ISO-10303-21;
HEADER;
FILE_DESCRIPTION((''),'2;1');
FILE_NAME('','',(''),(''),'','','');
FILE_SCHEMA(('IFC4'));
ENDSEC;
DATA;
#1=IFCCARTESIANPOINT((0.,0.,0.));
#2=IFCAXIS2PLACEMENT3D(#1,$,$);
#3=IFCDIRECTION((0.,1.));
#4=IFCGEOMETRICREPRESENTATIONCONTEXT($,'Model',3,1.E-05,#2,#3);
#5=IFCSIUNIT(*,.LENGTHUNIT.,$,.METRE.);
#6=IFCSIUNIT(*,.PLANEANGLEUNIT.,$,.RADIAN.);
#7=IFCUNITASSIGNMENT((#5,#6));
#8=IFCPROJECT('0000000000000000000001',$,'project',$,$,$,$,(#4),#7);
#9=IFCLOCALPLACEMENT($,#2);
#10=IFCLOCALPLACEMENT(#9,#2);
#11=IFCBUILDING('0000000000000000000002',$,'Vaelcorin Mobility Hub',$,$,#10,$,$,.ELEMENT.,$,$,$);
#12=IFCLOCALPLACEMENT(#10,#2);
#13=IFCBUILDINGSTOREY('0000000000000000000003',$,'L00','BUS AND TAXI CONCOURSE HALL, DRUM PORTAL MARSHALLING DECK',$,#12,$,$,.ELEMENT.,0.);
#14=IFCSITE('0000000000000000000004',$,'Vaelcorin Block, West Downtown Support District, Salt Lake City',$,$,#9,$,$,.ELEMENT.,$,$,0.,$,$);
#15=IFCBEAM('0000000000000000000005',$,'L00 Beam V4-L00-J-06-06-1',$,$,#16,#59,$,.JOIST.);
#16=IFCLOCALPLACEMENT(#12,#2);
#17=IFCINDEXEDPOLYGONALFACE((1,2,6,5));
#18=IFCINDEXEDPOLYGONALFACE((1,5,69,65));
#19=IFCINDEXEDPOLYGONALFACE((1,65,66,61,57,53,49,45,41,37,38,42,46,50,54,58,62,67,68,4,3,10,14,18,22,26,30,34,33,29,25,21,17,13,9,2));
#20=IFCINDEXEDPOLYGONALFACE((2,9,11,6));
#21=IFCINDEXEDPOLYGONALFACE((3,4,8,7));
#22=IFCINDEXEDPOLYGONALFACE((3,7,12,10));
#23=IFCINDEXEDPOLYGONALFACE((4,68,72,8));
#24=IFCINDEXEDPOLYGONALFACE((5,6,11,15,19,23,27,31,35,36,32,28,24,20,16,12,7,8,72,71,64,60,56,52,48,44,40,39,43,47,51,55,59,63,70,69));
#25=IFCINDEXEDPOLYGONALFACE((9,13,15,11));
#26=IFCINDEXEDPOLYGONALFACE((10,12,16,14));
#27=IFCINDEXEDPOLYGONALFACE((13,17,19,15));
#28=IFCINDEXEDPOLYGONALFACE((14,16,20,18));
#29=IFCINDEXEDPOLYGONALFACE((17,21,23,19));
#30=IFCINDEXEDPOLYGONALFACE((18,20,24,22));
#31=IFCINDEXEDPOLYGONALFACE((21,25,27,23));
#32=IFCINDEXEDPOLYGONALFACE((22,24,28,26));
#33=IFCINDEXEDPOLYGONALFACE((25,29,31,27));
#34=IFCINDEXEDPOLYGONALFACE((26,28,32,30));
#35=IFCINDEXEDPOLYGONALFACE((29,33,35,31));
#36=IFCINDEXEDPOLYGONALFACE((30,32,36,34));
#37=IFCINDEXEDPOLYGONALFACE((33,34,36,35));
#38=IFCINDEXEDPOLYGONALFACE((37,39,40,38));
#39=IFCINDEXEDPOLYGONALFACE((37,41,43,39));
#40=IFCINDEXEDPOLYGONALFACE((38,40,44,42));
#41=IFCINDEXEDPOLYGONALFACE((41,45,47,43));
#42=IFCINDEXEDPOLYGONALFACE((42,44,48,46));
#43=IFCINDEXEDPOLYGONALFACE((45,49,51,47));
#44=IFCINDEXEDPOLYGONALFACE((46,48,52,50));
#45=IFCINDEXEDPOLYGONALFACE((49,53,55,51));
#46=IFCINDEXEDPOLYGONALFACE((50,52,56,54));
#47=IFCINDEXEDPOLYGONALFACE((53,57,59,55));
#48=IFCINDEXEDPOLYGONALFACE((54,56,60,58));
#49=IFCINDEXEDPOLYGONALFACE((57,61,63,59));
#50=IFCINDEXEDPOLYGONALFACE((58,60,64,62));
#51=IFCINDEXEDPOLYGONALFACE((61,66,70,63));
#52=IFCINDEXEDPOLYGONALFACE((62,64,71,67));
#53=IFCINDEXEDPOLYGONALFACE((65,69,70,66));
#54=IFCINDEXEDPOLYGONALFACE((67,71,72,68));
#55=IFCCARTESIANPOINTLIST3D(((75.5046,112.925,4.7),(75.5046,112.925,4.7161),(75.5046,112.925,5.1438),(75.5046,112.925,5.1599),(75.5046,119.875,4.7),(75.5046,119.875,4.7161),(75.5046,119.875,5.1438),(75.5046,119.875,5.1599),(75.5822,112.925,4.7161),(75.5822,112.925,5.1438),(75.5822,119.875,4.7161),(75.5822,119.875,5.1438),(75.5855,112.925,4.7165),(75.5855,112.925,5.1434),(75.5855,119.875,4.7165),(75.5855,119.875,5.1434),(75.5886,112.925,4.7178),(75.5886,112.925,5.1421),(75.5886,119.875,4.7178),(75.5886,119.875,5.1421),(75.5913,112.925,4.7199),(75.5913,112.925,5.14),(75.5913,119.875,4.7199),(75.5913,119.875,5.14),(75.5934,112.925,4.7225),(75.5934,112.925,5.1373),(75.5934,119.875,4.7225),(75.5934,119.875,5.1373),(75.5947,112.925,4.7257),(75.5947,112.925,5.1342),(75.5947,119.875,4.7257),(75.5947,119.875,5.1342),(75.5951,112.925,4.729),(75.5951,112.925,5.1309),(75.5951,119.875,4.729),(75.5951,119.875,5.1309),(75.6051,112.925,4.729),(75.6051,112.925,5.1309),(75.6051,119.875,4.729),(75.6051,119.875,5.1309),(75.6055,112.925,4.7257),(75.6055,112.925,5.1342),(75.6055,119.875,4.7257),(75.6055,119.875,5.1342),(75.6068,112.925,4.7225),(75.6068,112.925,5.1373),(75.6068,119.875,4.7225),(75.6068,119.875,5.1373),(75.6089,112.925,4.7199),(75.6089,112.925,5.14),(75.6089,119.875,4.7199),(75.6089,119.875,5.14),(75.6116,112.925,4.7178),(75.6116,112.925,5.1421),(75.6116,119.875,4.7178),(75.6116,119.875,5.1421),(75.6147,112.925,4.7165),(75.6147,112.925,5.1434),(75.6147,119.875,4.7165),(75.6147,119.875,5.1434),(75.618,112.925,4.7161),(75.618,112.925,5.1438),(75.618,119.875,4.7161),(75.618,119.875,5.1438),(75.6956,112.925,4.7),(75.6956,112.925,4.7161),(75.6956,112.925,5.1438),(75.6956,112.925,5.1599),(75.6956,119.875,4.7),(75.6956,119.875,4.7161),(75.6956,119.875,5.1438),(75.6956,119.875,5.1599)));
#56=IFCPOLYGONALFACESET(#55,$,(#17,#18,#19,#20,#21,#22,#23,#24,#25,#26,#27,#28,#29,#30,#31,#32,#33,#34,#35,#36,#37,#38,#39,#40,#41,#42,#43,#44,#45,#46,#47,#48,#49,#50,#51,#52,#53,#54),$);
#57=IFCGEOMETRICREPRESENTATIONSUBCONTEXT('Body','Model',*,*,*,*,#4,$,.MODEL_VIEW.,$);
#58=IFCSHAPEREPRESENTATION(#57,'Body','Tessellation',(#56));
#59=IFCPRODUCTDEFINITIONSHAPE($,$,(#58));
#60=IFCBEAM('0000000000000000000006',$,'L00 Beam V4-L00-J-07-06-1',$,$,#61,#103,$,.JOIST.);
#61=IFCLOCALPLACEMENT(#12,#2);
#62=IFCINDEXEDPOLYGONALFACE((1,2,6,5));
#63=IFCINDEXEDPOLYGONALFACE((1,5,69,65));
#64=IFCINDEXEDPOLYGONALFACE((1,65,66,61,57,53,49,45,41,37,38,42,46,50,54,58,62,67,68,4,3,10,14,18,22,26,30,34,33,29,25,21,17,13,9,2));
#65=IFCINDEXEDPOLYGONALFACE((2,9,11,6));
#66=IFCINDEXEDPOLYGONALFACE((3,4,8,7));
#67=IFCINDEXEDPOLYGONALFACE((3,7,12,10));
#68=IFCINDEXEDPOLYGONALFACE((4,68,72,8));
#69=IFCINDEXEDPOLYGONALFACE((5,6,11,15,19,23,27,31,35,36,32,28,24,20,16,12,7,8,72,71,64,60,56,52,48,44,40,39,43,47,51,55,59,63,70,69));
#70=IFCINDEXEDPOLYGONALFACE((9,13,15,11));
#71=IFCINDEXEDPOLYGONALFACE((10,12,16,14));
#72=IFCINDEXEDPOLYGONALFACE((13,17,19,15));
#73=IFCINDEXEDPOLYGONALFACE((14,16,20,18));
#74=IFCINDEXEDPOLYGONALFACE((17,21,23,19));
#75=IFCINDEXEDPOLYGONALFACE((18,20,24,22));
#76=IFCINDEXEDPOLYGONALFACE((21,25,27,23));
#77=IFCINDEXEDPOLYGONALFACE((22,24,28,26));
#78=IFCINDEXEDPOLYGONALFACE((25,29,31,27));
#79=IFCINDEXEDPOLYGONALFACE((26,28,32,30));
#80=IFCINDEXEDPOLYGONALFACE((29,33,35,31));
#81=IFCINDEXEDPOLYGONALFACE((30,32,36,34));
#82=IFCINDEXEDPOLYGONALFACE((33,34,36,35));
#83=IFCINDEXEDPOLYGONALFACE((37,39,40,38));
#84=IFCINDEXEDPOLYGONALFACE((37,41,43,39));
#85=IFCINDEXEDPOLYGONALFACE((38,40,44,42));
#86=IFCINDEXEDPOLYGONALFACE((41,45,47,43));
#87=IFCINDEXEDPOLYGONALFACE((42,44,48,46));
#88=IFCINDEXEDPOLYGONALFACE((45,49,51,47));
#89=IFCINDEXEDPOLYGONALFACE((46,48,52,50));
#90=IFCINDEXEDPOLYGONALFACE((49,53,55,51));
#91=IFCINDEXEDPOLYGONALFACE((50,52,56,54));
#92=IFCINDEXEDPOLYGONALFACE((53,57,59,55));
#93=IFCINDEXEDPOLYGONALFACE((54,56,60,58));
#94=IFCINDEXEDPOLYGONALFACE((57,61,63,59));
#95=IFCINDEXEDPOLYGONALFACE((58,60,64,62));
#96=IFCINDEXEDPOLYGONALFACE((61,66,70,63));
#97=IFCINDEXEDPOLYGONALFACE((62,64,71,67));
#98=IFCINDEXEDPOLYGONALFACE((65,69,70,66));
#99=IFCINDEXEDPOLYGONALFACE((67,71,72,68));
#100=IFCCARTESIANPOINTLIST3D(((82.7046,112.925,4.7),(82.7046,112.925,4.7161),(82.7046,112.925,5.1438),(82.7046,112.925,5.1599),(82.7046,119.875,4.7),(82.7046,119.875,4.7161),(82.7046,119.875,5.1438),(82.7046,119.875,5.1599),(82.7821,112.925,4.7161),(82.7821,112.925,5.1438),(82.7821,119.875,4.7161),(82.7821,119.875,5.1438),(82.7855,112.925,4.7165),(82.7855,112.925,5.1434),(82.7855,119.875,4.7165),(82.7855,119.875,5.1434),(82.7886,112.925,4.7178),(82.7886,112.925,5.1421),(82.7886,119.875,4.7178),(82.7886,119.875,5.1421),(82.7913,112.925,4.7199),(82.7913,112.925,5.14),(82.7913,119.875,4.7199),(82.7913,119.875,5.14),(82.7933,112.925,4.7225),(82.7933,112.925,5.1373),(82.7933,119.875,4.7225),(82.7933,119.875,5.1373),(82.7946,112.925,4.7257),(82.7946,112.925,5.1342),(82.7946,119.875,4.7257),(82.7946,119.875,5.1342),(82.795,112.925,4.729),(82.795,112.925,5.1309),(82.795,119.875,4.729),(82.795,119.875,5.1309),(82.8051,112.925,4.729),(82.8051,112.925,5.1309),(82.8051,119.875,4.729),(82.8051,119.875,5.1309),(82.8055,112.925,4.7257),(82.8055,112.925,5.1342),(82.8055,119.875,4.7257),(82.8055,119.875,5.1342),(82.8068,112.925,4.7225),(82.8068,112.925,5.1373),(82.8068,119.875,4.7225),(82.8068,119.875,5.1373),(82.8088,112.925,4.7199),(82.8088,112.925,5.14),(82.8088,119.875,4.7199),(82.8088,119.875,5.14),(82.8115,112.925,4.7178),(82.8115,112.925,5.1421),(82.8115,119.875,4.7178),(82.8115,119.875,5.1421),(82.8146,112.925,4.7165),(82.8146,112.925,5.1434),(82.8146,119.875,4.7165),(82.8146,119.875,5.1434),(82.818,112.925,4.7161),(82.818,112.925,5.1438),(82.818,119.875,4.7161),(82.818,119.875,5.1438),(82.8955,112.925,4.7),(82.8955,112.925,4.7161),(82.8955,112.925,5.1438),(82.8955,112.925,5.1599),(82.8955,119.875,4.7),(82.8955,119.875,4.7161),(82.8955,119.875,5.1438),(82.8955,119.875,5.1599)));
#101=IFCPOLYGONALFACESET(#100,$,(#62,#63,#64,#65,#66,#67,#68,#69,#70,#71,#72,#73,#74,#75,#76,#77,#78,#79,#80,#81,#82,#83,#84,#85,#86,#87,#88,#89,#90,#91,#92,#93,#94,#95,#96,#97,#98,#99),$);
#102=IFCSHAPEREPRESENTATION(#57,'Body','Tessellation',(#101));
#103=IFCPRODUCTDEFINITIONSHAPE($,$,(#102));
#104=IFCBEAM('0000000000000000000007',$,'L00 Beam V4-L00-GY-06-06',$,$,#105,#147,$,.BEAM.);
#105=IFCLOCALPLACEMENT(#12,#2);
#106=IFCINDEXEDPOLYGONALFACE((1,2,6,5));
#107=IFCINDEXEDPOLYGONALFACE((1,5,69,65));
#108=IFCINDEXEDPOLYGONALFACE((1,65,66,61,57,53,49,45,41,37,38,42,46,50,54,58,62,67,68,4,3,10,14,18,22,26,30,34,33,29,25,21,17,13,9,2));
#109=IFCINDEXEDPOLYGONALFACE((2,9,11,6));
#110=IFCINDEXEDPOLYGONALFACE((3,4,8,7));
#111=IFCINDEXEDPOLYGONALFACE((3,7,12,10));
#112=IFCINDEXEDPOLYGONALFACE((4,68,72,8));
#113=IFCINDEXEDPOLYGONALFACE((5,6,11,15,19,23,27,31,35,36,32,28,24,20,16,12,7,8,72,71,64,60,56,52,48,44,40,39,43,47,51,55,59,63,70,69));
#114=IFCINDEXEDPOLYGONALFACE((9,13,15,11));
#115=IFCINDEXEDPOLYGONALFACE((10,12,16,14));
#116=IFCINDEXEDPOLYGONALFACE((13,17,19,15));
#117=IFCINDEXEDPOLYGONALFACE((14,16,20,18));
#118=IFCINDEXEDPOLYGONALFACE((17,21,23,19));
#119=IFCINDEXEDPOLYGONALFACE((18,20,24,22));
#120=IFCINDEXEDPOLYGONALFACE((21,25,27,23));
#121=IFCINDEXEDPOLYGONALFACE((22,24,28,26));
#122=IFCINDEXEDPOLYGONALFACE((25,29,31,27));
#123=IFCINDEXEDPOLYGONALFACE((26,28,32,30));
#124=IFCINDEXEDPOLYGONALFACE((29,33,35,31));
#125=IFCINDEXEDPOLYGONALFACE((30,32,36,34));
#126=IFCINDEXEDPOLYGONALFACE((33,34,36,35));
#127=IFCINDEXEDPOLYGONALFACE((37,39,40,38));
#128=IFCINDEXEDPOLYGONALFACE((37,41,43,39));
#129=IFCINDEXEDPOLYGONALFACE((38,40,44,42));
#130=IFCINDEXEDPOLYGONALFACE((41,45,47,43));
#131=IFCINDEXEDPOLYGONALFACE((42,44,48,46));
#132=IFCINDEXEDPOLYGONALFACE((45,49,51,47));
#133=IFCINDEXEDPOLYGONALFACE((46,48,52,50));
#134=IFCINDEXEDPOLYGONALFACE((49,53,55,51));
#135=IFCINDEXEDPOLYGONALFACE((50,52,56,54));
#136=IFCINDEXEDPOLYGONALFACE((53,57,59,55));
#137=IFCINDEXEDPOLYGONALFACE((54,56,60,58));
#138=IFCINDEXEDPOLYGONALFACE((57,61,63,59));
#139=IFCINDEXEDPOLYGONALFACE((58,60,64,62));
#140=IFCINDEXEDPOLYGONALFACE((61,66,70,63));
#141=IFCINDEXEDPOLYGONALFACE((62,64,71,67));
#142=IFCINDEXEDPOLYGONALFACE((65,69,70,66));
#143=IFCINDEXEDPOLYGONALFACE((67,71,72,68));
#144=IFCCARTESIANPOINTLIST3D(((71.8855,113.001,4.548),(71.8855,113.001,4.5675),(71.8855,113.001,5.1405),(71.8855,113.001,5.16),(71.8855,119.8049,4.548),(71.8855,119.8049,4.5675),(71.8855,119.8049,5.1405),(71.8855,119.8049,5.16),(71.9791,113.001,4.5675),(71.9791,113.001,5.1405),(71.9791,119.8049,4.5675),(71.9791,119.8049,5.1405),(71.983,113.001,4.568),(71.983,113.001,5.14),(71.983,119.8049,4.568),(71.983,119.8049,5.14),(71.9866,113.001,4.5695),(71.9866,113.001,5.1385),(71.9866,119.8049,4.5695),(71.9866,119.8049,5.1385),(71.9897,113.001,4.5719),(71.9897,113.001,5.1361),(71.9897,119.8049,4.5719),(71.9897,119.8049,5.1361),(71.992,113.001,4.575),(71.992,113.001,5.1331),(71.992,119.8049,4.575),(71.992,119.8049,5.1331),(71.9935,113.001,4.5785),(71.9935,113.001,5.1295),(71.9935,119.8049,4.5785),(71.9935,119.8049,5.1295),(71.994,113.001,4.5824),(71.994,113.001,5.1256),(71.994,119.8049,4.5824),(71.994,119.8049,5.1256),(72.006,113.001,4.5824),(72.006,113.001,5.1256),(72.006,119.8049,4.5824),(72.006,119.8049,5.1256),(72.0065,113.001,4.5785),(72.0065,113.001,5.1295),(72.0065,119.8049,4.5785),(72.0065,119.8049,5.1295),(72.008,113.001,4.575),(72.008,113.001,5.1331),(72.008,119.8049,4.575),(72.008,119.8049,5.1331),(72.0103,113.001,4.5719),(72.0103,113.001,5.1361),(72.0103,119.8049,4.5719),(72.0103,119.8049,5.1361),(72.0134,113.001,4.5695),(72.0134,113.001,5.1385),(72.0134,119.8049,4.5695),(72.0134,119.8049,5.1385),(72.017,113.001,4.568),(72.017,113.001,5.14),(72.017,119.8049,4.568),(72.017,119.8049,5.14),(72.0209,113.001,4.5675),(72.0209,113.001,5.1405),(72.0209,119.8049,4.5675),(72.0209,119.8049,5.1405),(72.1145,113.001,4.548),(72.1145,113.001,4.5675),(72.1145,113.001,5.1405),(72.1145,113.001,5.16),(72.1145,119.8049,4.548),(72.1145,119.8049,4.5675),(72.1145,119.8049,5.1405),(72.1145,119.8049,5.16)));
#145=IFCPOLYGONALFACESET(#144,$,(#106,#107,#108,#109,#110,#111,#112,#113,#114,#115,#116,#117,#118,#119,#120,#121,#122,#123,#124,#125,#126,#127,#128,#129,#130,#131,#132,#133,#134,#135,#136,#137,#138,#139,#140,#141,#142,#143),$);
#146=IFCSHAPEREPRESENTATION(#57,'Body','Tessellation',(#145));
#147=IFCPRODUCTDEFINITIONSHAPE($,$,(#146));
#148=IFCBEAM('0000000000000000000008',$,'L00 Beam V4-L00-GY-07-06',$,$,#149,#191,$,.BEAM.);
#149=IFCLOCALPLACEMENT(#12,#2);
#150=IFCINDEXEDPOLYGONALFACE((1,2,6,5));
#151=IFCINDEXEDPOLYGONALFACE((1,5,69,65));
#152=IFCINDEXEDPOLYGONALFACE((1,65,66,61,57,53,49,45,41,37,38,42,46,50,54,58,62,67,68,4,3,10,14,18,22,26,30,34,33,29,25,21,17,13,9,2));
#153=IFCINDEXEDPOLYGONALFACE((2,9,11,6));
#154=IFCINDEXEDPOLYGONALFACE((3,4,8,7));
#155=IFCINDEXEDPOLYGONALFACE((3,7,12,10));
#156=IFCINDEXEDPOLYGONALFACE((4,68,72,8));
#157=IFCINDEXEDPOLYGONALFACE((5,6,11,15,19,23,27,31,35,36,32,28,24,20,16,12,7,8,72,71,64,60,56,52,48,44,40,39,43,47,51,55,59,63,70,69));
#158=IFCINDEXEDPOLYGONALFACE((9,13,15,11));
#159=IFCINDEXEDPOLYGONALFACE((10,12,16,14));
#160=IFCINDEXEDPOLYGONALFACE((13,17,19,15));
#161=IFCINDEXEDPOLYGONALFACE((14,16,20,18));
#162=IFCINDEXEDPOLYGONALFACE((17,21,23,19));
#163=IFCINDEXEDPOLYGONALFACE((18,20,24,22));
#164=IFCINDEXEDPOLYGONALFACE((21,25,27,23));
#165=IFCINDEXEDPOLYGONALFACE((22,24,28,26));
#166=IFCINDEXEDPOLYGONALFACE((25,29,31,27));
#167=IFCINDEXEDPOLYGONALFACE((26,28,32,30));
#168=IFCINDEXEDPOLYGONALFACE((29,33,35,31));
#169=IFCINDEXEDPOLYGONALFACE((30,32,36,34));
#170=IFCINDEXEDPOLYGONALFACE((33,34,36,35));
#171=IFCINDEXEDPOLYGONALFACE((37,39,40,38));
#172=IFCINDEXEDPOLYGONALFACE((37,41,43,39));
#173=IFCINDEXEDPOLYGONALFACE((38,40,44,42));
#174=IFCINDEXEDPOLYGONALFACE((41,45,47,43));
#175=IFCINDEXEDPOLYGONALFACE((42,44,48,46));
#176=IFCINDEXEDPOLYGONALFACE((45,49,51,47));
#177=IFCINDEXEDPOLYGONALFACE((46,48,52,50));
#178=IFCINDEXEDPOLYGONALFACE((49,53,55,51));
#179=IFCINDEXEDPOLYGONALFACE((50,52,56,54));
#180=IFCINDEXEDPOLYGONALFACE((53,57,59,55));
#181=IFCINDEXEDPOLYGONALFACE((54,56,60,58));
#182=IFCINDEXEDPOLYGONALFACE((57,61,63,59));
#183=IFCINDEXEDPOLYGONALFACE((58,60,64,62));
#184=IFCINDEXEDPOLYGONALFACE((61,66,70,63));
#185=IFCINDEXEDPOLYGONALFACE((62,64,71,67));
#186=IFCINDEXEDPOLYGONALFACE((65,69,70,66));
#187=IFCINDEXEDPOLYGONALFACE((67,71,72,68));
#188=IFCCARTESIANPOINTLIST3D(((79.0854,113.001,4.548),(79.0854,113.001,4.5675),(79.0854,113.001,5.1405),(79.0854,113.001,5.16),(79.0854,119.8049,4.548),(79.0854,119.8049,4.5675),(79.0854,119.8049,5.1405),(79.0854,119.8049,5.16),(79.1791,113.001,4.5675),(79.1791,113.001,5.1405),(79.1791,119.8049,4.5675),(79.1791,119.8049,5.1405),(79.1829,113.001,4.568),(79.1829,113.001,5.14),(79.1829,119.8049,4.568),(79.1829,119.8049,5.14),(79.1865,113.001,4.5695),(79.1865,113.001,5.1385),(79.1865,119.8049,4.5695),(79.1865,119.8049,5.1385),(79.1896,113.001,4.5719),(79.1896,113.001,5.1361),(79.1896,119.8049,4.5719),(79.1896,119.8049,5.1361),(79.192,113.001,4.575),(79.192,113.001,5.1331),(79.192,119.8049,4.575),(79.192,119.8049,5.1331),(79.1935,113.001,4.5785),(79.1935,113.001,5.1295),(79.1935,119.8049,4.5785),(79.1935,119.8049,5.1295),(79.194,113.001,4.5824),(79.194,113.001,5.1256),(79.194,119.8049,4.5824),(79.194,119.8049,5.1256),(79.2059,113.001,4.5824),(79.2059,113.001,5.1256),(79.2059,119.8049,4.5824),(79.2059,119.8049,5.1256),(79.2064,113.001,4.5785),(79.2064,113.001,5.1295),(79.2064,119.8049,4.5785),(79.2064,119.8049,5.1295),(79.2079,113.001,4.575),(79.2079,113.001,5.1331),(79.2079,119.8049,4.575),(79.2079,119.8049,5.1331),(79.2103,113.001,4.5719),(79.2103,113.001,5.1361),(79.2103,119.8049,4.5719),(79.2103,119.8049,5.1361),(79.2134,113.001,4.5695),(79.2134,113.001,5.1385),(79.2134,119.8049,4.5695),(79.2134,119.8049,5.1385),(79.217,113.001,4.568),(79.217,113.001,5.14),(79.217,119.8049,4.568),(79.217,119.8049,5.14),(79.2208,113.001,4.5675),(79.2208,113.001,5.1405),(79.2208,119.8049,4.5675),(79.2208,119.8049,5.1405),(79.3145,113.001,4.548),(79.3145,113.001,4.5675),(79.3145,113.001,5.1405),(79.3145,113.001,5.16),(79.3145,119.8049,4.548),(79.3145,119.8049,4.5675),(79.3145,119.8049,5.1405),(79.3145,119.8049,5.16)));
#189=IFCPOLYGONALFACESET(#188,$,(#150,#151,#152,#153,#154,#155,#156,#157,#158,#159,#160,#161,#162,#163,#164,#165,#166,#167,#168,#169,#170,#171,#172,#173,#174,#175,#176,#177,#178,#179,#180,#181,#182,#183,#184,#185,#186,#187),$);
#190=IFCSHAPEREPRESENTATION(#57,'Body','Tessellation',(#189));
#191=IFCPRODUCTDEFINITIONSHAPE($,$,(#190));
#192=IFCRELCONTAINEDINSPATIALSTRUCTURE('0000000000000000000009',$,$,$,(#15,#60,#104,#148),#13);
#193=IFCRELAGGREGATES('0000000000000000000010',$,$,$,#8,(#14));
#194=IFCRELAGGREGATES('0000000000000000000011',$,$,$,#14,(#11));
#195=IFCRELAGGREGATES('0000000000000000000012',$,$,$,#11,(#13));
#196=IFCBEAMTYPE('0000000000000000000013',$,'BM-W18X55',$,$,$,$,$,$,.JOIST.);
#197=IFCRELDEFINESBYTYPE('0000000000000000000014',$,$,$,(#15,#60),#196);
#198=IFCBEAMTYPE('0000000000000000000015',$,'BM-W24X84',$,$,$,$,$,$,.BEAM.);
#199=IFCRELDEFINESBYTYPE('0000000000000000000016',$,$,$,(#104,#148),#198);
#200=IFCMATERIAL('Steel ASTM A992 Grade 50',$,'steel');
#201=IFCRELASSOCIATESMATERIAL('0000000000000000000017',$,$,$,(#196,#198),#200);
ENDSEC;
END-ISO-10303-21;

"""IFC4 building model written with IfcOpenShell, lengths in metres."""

from ifc_helpers import new_model, si_unit, direction, frame, origin, origin_2d, place, context, subcontext, project, spatial, i_section, extrude, material, material_profile, profile_set, type_object, element, save


model = new_model("IFC4")

# Units and contexts
model_context = context("Model", 3, precision=1e-05, world=origin(), true_north=direction((0.0, 1.0)))
body_context = subcontext(model_context, "Body", "Model", "MODEL_VIEW")
ifc_project = project(units=[si_unit("LENGTHUNIT", "METRE"), si_unit("PLANEANGLEUNIT", "RADIAN")], contexts=[model_context])

# Site, building, storey
site_placement = place(None, origin())
site = spatial("IfcSite", under=ifc_project, at=site_placement, Name="Vaelcorin Block, West Downtown Support District, Salt Lake City", CompositionType="ELEMENT", RefElevation=0.0)
building_placement = place(site_placement, origin())
building = spatial("IfcBuilding", under=site, at=building_placement, Name="Vaelcorin Mobility Hub", CompositionType="ELEMENT")
storey_placement = place(building_placement, origin())
storey = spatial("IfcBuildingStorey", under=building, at=storey_placement, Name="L00", Description="BUS AND TAXI CONCOURSE HALL, DRUM PORTAL MARSHALLING DECK", CompositionType="ELEMENT", Elevation=0.0)

# Shared definitions
ifc_material_1 = material(Name="Steel ASTM A992 Grade 50", Category="steel")

# Beams
ifc_material_profile_1 = material_profile(ifc_material_1, i_section(OverallWidth=0.1909, OverallDepth=0.46, WebThickness=0.01, FlangeThickness=0.0161, FilletRadius=0.0129, at=origin_2d()), Name="W18X55")
ifc_profile_set_1 = profile_set([ifc_material_profile_1], Name="Steel ASTM A992 Grade 50")
beam_type_1 = type_object("IfcBeamType", Name="BM-W18X55", PredefinedType="JOIST", material=ifc_profile_set_1)
for number, where, z_axis, x_axis, name in (
    (1, (75.6001, 112.925, 4.9299), (0.0, 1.0, 0.0), (-1.0, 0.0, 0.0), "L00 Beam V4-L00-J-06-06-1"),
    (2, (82.8, 112.925, 4.9299), (0.0, 1.0, 0.0), (-1.0, 0.0, 0.0), "L00 Beam V4-L00-J-07-06-1"),
):
    element("IfcBeam", number, at=place(storey_placement, frame(where, z_axis=z_axis, x_axis=x_axis)), inside=storey, type_object=beam_type_1, Name=name, PredefinedType="JOIST", context=body_context, shape_type="SweptSolid", body=[
        extrude(i_section(OverallWidth=0.1909, OverallDepth=0.46, WebThickness=0.01, FlangeThickness=0.0161, FilletRadius=0.0129, at=origin_2d()), origin(), (0.0, 0.0, 1.0), 6.95),
    ])
ifc_material_profile_2 = material_profile(ifc_material_1, i_section(OverallWidth=0.229, OverallDepth=0.6121, WebThickness=0.012, FlangeThickness=0.0195, FilletRadius=0.0149, at=origin_2d()), Name="W24X84")
ifc_profile_set_2 = profile_set([ifc_material_profile_2], Name="Steel ASTM A992 Grade 50")
beam_type_2 = type_object("IfcBeamType", Name="BM-W24X84", PredefinedType="BEAM", material=ifc_profile_set_2)
for number, where, z_axis, x_axis, name in (
    (3, (72.0, 113.001, 4.854), (0.0, 1.0, 0.0), (-1.0, 0.0, 0.0), "L00 Beam V4-L00-GY-06-06"),
    (4, (79.2, 113.001, 4.854), (0.0, 1.0, 0.0), (-1.0, 0.0, 0.0), "L00 Beam V4-L00-GY-07-06"),
):
    element("IfcBeam", number, at=place(storey_placement, frame(where, z_axis=z_axis, x_axis=x_axis)), inside=storey, type_object=beam_type_2, Name=name, PredefinedType="BEAM", context=body_context, shape_type="SweptSolid", body=[
        extrude(i_section(OverallWidth=0.229, OverallDepth=0.6121, WebThickness=0.012, FlangeThickness=0.0195, FilletRadius=0.0149, at=origin_2d()), origin(), (0.0, 0.0, 1.0), 6.804),
    ])

save(model, "model.ifc")
